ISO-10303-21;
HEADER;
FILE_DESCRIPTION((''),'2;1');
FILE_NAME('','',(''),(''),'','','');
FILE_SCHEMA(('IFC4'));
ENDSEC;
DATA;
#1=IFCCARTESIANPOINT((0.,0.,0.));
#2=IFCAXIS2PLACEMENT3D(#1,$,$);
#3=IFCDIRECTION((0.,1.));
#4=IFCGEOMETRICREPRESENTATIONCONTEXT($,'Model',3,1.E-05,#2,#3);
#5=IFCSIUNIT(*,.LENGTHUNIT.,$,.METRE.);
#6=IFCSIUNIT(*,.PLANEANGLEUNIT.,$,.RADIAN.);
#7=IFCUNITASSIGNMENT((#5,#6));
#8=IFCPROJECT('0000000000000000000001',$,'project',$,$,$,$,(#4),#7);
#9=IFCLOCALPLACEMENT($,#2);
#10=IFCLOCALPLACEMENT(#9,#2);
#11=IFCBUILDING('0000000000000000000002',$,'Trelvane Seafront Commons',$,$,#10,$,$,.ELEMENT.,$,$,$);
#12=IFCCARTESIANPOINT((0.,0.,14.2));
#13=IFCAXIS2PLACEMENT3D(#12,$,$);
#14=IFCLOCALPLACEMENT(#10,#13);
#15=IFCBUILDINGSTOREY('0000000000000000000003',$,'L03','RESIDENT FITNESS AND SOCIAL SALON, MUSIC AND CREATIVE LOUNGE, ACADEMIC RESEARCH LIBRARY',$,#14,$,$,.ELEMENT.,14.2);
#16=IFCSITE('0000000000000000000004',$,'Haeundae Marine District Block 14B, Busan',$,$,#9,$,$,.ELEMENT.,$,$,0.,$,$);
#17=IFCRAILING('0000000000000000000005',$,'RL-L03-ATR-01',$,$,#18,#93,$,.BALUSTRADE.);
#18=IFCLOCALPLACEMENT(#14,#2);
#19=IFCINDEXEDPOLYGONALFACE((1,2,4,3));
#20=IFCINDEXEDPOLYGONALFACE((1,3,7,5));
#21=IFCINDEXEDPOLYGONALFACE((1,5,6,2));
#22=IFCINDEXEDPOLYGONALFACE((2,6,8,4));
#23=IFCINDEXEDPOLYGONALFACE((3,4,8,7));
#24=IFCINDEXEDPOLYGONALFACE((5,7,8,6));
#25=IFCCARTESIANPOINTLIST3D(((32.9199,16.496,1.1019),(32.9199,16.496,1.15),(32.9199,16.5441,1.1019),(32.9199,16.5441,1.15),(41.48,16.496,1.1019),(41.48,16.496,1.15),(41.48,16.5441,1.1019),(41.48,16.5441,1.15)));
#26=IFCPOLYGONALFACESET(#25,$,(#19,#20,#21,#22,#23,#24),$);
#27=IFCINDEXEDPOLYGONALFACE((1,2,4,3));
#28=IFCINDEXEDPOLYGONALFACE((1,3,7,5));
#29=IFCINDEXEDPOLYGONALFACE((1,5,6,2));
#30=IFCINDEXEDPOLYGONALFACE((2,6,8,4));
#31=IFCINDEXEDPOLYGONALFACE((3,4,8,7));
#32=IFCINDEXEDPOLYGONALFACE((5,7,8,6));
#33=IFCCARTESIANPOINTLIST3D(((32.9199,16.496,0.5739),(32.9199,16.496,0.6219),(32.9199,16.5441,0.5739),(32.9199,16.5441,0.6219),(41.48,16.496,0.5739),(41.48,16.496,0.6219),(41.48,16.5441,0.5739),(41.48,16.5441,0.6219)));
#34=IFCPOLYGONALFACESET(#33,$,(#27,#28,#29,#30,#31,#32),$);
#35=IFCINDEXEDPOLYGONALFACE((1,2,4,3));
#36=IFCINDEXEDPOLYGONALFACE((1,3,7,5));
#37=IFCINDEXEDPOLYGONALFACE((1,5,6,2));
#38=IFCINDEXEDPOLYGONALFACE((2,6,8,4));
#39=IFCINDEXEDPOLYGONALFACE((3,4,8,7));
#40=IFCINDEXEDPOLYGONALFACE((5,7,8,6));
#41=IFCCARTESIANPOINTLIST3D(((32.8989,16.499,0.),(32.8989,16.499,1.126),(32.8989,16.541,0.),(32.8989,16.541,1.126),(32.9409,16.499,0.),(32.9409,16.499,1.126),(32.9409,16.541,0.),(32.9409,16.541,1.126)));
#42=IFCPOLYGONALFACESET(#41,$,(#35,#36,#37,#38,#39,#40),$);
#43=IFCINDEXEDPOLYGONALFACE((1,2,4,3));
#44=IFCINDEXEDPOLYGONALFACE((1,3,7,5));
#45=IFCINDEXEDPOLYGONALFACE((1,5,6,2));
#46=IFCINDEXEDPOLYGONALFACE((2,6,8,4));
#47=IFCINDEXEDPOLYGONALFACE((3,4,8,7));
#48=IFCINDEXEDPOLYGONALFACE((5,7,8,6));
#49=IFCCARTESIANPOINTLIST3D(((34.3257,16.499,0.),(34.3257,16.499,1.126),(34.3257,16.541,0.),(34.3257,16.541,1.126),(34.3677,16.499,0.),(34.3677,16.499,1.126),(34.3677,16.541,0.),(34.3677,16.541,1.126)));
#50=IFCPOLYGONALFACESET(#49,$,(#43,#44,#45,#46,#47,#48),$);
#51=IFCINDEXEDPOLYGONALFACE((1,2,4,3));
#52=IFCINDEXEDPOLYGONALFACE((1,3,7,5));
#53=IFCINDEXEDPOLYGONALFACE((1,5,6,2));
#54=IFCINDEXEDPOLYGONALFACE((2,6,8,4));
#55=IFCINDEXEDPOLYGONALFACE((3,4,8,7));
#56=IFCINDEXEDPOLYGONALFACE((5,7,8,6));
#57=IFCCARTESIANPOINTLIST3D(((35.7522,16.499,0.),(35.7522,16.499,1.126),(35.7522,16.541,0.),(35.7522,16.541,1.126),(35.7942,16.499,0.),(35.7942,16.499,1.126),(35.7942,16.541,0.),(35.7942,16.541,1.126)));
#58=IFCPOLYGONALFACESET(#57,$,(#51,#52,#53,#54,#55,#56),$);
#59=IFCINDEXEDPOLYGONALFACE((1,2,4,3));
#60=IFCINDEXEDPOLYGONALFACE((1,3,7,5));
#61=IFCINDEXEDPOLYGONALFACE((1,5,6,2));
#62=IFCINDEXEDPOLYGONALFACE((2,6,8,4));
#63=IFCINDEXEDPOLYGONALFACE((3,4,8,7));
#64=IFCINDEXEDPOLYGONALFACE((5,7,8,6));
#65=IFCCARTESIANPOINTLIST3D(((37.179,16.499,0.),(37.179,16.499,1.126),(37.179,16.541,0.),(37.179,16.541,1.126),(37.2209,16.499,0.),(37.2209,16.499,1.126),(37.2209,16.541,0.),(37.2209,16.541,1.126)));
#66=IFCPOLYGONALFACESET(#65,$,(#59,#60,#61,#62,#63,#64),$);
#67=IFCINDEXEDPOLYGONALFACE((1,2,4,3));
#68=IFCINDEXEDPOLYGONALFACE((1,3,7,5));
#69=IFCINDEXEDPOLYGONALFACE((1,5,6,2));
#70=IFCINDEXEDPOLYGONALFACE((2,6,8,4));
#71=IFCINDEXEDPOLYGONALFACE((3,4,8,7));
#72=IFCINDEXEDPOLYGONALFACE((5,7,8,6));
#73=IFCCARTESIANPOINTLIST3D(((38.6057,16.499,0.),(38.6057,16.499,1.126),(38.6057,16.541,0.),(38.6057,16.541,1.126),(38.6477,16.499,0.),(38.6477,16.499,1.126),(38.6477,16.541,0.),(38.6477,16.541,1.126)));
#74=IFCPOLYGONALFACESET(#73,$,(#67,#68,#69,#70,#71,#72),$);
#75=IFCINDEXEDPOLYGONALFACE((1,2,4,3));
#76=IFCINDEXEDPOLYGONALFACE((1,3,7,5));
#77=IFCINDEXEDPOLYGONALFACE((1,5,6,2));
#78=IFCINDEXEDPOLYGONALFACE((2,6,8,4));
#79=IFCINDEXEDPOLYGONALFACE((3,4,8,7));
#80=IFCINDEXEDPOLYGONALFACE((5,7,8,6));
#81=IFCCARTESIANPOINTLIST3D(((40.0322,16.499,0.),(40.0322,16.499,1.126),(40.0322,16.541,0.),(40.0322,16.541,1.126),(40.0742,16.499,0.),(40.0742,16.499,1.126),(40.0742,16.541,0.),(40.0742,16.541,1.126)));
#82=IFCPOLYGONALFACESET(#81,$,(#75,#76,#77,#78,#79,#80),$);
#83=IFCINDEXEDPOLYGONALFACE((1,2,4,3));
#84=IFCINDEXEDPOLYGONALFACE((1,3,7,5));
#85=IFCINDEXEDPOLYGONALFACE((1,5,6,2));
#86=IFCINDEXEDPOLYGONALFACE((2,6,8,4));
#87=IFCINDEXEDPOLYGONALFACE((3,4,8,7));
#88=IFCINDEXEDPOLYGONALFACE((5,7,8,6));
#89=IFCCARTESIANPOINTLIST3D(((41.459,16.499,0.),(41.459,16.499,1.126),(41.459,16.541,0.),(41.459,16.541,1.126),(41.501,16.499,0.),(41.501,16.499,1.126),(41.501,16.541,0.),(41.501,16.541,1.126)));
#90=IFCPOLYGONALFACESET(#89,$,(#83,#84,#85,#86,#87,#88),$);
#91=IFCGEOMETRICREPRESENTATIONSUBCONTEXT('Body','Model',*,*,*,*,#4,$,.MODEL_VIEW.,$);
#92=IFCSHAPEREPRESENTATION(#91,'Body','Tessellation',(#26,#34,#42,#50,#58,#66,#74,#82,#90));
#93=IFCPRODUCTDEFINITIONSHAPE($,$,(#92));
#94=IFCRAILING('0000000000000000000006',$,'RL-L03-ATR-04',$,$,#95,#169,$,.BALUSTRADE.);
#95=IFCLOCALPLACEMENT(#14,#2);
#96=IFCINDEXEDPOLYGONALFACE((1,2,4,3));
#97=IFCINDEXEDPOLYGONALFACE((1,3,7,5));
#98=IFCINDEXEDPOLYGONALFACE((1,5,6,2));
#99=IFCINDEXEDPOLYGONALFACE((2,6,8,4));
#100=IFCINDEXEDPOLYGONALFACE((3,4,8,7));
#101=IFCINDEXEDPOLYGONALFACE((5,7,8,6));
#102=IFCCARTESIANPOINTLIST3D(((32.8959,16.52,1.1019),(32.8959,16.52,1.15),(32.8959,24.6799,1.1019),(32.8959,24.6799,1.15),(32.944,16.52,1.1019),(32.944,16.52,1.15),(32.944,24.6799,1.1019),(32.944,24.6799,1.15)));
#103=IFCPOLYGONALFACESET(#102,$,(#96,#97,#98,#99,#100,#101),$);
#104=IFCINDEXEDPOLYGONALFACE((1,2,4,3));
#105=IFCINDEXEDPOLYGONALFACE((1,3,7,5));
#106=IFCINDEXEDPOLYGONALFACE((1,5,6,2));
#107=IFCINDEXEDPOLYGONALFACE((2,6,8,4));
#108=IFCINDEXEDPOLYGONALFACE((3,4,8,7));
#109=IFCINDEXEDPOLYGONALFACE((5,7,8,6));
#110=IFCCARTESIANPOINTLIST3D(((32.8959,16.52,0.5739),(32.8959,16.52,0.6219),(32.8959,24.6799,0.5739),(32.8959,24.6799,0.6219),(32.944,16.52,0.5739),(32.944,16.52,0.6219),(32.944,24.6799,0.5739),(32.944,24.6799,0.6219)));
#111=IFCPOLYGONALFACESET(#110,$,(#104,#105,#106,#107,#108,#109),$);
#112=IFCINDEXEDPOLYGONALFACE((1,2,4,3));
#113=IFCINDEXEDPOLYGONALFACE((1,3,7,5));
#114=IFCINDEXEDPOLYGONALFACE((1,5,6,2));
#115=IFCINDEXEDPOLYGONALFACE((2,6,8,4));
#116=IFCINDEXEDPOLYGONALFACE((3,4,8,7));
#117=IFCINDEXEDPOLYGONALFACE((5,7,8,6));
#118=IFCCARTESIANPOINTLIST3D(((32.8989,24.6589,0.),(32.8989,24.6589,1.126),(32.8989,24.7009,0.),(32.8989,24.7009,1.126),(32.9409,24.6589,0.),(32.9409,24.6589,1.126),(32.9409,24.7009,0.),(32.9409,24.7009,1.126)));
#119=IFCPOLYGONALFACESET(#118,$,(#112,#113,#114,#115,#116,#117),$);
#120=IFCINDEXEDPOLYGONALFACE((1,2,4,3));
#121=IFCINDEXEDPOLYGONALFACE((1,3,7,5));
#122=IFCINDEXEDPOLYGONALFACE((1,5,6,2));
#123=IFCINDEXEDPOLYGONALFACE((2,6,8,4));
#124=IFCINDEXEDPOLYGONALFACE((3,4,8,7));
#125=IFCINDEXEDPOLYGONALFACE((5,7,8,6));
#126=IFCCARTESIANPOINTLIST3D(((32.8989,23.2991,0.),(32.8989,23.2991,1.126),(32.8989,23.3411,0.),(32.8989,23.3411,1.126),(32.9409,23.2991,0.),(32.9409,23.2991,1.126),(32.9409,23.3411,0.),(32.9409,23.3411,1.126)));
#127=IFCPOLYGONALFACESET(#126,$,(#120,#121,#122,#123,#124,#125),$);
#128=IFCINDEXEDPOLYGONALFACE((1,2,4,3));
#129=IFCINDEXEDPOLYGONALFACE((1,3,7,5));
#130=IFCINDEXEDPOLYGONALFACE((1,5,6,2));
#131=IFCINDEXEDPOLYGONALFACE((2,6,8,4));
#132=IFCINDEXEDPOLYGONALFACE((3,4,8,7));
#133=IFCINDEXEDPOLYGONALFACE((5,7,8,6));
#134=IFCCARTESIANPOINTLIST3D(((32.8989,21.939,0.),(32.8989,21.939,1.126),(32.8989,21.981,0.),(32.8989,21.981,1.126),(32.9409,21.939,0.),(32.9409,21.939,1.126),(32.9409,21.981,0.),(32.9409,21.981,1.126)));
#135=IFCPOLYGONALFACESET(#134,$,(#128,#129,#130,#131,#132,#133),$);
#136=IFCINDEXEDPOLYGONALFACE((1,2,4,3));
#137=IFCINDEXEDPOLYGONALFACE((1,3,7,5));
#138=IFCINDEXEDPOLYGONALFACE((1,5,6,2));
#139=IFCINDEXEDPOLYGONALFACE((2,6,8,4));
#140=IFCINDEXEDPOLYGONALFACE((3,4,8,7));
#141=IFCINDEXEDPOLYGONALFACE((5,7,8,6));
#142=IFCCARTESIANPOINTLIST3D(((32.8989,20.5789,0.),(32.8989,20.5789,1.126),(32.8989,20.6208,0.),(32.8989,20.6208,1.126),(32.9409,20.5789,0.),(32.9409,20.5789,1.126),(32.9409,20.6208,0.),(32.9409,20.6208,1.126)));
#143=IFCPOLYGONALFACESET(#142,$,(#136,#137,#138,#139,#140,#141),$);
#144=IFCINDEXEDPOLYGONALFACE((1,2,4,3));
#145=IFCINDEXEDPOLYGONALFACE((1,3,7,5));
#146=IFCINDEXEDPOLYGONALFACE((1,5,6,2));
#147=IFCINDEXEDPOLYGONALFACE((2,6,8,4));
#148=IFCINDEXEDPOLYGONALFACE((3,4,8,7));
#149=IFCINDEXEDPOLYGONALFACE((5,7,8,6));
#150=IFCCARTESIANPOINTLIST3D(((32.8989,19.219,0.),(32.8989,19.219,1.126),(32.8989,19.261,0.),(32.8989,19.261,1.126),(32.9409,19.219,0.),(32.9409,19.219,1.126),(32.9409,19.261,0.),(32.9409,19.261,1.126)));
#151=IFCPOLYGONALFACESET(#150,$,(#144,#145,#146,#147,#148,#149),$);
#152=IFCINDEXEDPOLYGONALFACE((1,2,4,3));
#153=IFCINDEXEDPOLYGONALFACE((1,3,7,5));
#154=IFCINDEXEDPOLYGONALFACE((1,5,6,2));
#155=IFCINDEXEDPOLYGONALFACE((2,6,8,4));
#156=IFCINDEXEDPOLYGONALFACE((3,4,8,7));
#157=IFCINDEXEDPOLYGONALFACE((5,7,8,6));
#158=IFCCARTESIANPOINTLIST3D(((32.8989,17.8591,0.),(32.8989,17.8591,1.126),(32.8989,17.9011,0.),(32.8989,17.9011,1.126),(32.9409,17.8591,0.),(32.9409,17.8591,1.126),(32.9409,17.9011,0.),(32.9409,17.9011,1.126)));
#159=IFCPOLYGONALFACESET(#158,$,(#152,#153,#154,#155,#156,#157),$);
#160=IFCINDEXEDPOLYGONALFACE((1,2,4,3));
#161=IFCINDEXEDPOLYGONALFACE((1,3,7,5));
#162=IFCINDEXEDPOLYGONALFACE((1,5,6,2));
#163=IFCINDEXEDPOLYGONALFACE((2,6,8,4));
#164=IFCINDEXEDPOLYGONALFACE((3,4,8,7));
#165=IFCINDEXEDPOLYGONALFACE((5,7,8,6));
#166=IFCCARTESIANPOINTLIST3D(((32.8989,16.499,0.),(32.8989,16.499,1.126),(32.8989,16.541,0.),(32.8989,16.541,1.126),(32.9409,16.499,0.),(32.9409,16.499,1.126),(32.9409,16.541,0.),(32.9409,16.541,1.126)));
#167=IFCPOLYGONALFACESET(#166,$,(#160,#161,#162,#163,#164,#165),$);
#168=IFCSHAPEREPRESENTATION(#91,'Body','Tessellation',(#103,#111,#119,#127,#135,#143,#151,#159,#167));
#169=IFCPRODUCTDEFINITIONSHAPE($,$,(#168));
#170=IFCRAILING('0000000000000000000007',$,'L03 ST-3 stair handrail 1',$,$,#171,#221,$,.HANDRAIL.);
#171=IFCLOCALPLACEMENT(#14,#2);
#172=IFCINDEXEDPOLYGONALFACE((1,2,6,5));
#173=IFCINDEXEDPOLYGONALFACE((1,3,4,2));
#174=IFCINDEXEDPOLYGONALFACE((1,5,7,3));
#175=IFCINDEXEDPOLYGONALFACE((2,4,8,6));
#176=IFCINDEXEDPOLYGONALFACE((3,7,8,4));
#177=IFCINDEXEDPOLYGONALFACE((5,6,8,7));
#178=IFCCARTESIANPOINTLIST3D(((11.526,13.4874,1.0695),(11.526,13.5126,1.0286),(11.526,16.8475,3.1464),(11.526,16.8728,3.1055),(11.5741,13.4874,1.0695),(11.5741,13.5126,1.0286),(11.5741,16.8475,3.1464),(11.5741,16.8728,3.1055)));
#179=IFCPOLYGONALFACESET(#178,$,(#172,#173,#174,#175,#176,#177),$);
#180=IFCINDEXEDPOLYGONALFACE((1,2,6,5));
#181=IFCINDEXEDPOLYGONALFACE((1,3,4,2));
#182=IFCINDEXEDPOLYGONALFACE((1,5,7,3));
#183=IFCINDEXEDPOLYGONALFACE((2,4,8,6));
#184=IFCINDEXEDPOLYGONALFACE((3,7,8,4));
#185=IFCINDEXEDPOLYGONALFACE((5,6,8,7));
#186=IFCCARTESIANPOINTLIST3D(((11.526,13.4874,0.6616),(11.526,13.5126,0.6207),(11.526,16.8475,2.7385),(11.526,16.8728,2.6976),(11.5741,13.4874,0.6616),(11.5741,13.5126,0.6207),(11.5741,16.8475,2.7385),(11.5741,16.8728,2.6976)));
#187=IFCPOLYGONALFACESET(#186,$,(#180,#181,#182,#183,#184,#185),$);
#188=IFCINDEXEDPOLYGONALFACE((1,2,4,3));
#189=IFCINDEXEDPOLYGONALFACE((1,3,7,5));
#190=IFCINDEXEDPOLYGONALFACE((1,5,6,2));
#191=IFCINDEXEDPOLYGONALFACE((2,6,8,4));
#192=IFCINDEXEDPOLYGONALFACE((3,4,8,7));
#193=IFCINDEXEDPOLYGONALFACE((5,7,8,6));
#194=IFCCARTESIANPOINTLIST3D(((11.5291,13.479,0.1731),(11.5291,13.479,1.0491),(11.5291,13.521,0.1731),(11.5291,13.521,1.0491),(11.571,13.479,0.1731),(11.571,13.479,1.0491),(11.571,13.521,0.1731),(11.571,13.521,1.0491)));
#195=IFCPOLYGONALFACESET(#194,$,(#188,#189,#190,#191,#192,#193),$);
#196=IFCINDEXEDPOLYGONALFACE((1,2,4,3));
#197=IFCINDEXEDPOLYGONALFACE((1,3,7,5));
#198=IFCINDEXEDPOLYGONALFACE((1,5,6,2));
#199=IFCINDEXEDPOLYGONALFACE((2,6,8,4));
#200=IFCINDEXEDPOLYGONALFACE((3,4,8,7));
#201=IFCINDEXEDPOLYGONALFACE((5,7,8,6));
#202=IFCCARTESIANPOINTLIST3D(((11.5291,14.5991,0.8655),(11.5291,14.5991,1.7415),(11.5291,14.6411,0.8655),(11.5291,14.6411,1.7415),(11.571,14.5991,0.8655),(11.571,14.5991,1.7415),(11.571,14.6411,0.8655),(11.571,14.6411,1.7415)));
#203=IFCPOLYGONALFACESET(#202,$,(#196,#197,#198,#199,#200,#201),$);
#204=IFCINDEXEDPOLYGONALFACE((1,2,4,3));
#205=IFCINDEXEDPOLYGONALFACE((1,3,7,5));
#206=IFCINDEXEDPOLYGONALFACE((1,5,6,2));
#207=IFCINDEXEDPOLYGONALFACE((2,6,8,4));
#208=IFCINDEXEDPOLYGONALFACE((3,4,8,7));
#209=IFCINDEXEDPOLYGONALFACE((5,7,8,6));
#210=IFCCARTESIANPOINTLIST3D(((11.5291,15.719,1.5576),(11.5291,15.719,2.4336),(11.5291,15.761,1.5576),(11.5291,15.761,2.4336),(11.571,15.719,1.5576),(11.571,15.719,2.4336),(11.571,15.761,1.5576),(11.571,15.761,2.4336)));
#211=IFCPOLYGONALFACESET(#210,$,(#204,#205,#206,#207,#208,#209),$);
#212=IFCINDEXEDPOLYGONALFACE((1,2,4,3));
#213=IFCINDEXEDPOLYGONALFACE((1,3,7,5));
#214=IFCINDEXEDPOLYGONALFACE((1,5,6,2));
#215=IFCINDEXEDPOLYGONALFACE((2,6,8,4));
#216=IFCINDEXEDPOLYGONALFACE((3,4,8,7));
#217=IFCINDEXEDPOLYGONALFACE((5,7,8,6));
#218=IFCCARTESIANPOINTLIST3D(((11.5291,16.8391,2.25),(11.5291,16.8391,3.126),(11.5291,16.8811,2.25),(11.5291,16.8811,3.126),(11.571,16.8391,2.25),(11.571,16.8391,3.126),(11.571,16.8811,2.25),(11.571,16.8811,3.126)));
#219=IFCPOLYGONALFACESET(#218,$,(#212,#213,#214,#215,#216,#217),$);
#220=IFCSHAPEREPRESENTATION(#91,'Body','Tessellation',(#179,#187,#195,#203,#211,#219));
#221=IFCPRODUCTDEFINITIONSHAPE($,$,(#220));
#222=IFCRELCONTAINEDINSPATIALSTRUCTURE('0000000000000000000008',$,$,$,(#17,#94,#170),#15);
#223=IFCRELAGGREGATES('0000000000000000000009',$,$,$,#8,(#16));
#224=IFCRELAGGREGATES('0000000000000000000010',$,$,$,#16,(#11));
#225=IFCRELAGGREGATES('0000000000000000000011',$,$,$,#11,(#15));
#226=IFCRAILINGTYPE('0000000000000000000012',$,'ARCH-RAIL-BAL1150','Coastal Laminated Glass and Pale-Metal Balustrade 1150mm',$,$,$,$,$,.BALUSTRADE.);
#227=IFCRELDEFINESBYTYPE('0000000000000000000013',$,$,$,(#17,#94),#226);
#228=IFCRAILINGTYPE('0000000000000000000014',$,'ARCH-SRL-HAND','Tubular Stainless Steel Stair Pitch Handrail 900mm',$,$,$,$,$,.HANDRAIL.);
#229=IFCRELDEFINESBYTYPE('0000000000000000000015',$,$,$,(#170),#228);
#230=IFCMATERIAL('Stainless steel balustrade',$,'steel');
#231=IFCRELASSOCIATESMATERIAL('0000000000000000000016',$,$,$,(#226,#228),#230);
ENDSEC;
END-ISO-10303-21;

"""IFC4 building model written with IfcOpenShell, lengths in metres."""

from ifc_helpers import new_model, si_unit, direction, frame, origin, origin_2d, place, context, subcontext, project, spatial, rectangle, extrude, material, type_object, element, save


model = new_model("IFC4")

# Units and contexts
model_context = context("Model", 3, precision=1e-05, world=origin(), true_north=direction((0.0, 1.0)))
body_context = subcontext(model_context, "Body", "Model", "MODEL_VIEW")
ifc_project = project(units=[si_unit("LENGTHUNIT", "METRE"), si_unit("PLANEANGLEUNIT", "RADIAN")], contexts=[model_context])

# Site, building, storey
site_placement = place(None, origin())
site = spatial("IfcSite", under=ifc_project, at=site_placement, Name="Haeundae Marine District Block 14B, Busan", CompositionType="ELEMENT", RefElevation=0.0)
building_placement = place(site_placement, origin())
building = spatial("IfcBuilding", under=site, at=building_placement, Name="Trelvane Seafront Commons", CompositionType="ELEMENT")
storey_placement = place(building_placement, frame((0.0, 0.0, 14.2)))
storey = spatial("IfcBuildingStorey", under=building, at=storey_placement, Name="L03", Description="RESIDENT FITNESS AND SOCIAL SALON, MUSIC AND CREATIVE LOUNGE, ACADEMIC RESEARCH LIBRARY", CompositionType="ELEMENT", Elevation=14.2)

# Railings
ifc_material_1 = material(Name="Stainless steel balustrade", Category="steel")
railing_type_1 = type_object("IfcRailingType", Name="ARCH-RAIL-BAL1150", Description="Coastal Laminated Glass and Pale-Metal Balustrade 1150mm", PredefinedType="BALUSTRADE", material=ifc_material_1)
railing_1_placement = place(storey_placement, frame((32.9199, 16.52, 0.0)))
element("IfcRailing", 1, at=railing_1_placement, inside=storey, type_object=railing_type_1, Name="RL-L03-ATR-01", PredefinedType="BALUSTRADE", context=body_context, shape_type="SweptSolid", body=[
    extrude(rectangle(XDim=0.0481, YDim=0.0481, at=origin_2d()), frame((0.0, 0.0, 1.126), z_axis=(1.0, 0.0, 0.0), x_axis=(0.0, 1.0, 0.0)), (0.0, 0.0, 1.0), 8.5601),
    extrude(rectangle(XDim=0.0481, YDim=0.0481, at=origin_2d()), frame((0.0, 0.0, 0.5979), z_axis=(1.0, 0.0, 0.0), x_axis=(0.0, 1.0, 0.0)), (0.0, 0.0, 1.0), 8.5601),
    extrude(rectangle(XDim=0.042, YDim=0.042, at=origin_2d()), origin(), (0.0, 0.0, 1.0), 1.126),
    extrude(rectangle(XDim=0.042, YDim=0.042, at=origin_2d()), frame((1.4268, 0.0, 0.0)), (0.0, 0.0, 1.0), 1.126),
    extrude(rectangle(XDim=0.042, YDim=0.042, at=origin_2d()), frame((2.8533, 0.0, 0.0)), (0.0, 0.0, 1.0), 1.126),
    extrude(rectangle(XDim=0.042, YDim=0.042, at=origin_2d()), frame((4.28, 0.0, 0.0)), (0.0, 0.0, 1.0), 1.126),
    extrude(rectangle(XDim=0.042, YDim=0.042, at=origin_2d()), frame((5.7068, 0.0, 0.0)), (0.0, 0.0, 1.0), 1.126),
    extrude(rectangle(XDim=0.042, YDim=0.042, at=origin_2d()), frame((7.1333, 0.0, 0.0)), (0.0, 0.0, 1.0), 1.126),
    extrude(rectangle(XDim=0.042, YDim=0.042, at=origin_2d()), frame((8.5601, 0.0, 0.0)), (0.0, 0.0, 1.0), 1.126),
])
railing_2_placement = place(storey_placement, frame((32.9199, 24.6799, 0.0)))
element("IfcRailing", 2, at=railing_2_placement, inside=storey, type_object=railing_type_1, Name="RL-L03-ATR-04", PredefinedType="BALUSTRADE", context=body_context, shape_type="SweptSolid", body=[
    extrude(rectangle(XDim=0.0481, YDim=0.0481, at=origin_2d()), frame((0.0, 0.0, 1.126), z_axis=(0.0, -1.0, 0.0), x_axis=(1.0, 0.0, 0.0)), (0.0, 0.0, 1.0), 8.1599),
    extrude(rectangle(XDim=0.0481, YDim=0.0481, at=origin_2d()), frame((0.0, 0.0, 0.5979), z_axis=(0.0, -1.0, 0.0), x_axis=(1.0, 0.0, 0.0)), (0.0, 0.0, 1.0), 8.1599),
    extrude(rectangle(XDim=0.042, YDim=0.042, at=origin_2d()), origin(), (0.0, 0.0, 1.0), 1.126),
    extrude(rectangle(XDim=0.042, YDim=0.042, at=origin_2d()), frame((0.0, -1.3599, 0.0)), (0.0, 0.0, 1.0), 1.126),
    extrude(rectangle(XDim=0.042, YDim=0.042, at=origin_2d()), frame((0.0, -2.72, 0.0)), (0.0, 0.0, 1.0), 1.126),
    extrude(rectangle(XDim=0.042, YDim=0.042, at=origin_2d()), frame((0.0, -4.0801, 0.0)), (0.0, 0.0, 1.0), 1.126),
    extrude(rectangle(XDim=0.042, YDim=0.042, at=origin_2d()), frame((0.0, -5.4399, 0.0)), (0.0, 0.0, 1.0), 1.126),
    extrude(rectangle(XDim=0.042, YDim=0.042, at=origin_2d()), frame((0.0, -6.7998, 0.0)), (0.0, 0.0, 1.0), 1.126),
    extrude(rectangle(XDim=0.042, YDim=0.042, at=origin_2d()), frame((0.0, -8.1599, 0.0)), (0.0, 0.0, 1.0), 1.126),
])
railing_type_2 = type_object("IfcRailingType", Name="ARCH-SRL-HAND", Description="Tubular Stainless Steel Stair Pitch Handrail 900mm", PredefinedType="HANDRAIL", material=ifc_material_1)
railing_3_placement = place(storey_placement, frame((11.55, 13.5, 0.1731)))
element("IfcRailing", 3, at=railing_3_placement, inside=storey, type_object=railing_type_2, Name="L03 ST-3 stair handrail 1", PredefinedType="HANDRAIL", context=body_context, shape_type="SweptSolid", body=[
    extrude(rectangle(XDim=0.0481, YDim=0.0481, at=origin_2d()), frame((0.0, 0.0, 0.876), z_axis=(0.0, 0.850623, 0.525776), x_axis=(-1.0, 0.0, 0.0)), (0.0, 0.0, 1.0), 3.9502),
    extrude(rectangle(XDim=0.0481, YDim=0.0481, at=origin_2d()), frame((0.0, 0.0, 0.468), z_axis=(0.0, 0.850623, 0.525776), x_axis=(-1.0, 0.0, 0.0)), (0.0, 0.0, 1.0), 3.9502),
    extrude(rectangle(XDim=0.042, YDim=0.042, at=origin_2d()), origin(), (0.0, 0.0, 1.0), 0.876),
    extrude(rectangle(XDim=0.042, YDim=0.042, at=origin_2d()), frame((0.0, 1.1201, 0.6924)), (0.0, 0.0, 1.0), 0.876),
    extrude(rectangle(XDim=0.042, YDim=0.042, at=origin_2d()), frame((0.0, 2.24, 1.3845)), (0.0, 0.0, 1.0), 0.876),
    extrude(rectangle(XDim=0.042, YDim=0.042, at=origin_2d()), frame((0.0, 3.3601, 2.0769)), (0.0, 0.0, 1.0), 0.876),
])

save(model, "model.ifc")
